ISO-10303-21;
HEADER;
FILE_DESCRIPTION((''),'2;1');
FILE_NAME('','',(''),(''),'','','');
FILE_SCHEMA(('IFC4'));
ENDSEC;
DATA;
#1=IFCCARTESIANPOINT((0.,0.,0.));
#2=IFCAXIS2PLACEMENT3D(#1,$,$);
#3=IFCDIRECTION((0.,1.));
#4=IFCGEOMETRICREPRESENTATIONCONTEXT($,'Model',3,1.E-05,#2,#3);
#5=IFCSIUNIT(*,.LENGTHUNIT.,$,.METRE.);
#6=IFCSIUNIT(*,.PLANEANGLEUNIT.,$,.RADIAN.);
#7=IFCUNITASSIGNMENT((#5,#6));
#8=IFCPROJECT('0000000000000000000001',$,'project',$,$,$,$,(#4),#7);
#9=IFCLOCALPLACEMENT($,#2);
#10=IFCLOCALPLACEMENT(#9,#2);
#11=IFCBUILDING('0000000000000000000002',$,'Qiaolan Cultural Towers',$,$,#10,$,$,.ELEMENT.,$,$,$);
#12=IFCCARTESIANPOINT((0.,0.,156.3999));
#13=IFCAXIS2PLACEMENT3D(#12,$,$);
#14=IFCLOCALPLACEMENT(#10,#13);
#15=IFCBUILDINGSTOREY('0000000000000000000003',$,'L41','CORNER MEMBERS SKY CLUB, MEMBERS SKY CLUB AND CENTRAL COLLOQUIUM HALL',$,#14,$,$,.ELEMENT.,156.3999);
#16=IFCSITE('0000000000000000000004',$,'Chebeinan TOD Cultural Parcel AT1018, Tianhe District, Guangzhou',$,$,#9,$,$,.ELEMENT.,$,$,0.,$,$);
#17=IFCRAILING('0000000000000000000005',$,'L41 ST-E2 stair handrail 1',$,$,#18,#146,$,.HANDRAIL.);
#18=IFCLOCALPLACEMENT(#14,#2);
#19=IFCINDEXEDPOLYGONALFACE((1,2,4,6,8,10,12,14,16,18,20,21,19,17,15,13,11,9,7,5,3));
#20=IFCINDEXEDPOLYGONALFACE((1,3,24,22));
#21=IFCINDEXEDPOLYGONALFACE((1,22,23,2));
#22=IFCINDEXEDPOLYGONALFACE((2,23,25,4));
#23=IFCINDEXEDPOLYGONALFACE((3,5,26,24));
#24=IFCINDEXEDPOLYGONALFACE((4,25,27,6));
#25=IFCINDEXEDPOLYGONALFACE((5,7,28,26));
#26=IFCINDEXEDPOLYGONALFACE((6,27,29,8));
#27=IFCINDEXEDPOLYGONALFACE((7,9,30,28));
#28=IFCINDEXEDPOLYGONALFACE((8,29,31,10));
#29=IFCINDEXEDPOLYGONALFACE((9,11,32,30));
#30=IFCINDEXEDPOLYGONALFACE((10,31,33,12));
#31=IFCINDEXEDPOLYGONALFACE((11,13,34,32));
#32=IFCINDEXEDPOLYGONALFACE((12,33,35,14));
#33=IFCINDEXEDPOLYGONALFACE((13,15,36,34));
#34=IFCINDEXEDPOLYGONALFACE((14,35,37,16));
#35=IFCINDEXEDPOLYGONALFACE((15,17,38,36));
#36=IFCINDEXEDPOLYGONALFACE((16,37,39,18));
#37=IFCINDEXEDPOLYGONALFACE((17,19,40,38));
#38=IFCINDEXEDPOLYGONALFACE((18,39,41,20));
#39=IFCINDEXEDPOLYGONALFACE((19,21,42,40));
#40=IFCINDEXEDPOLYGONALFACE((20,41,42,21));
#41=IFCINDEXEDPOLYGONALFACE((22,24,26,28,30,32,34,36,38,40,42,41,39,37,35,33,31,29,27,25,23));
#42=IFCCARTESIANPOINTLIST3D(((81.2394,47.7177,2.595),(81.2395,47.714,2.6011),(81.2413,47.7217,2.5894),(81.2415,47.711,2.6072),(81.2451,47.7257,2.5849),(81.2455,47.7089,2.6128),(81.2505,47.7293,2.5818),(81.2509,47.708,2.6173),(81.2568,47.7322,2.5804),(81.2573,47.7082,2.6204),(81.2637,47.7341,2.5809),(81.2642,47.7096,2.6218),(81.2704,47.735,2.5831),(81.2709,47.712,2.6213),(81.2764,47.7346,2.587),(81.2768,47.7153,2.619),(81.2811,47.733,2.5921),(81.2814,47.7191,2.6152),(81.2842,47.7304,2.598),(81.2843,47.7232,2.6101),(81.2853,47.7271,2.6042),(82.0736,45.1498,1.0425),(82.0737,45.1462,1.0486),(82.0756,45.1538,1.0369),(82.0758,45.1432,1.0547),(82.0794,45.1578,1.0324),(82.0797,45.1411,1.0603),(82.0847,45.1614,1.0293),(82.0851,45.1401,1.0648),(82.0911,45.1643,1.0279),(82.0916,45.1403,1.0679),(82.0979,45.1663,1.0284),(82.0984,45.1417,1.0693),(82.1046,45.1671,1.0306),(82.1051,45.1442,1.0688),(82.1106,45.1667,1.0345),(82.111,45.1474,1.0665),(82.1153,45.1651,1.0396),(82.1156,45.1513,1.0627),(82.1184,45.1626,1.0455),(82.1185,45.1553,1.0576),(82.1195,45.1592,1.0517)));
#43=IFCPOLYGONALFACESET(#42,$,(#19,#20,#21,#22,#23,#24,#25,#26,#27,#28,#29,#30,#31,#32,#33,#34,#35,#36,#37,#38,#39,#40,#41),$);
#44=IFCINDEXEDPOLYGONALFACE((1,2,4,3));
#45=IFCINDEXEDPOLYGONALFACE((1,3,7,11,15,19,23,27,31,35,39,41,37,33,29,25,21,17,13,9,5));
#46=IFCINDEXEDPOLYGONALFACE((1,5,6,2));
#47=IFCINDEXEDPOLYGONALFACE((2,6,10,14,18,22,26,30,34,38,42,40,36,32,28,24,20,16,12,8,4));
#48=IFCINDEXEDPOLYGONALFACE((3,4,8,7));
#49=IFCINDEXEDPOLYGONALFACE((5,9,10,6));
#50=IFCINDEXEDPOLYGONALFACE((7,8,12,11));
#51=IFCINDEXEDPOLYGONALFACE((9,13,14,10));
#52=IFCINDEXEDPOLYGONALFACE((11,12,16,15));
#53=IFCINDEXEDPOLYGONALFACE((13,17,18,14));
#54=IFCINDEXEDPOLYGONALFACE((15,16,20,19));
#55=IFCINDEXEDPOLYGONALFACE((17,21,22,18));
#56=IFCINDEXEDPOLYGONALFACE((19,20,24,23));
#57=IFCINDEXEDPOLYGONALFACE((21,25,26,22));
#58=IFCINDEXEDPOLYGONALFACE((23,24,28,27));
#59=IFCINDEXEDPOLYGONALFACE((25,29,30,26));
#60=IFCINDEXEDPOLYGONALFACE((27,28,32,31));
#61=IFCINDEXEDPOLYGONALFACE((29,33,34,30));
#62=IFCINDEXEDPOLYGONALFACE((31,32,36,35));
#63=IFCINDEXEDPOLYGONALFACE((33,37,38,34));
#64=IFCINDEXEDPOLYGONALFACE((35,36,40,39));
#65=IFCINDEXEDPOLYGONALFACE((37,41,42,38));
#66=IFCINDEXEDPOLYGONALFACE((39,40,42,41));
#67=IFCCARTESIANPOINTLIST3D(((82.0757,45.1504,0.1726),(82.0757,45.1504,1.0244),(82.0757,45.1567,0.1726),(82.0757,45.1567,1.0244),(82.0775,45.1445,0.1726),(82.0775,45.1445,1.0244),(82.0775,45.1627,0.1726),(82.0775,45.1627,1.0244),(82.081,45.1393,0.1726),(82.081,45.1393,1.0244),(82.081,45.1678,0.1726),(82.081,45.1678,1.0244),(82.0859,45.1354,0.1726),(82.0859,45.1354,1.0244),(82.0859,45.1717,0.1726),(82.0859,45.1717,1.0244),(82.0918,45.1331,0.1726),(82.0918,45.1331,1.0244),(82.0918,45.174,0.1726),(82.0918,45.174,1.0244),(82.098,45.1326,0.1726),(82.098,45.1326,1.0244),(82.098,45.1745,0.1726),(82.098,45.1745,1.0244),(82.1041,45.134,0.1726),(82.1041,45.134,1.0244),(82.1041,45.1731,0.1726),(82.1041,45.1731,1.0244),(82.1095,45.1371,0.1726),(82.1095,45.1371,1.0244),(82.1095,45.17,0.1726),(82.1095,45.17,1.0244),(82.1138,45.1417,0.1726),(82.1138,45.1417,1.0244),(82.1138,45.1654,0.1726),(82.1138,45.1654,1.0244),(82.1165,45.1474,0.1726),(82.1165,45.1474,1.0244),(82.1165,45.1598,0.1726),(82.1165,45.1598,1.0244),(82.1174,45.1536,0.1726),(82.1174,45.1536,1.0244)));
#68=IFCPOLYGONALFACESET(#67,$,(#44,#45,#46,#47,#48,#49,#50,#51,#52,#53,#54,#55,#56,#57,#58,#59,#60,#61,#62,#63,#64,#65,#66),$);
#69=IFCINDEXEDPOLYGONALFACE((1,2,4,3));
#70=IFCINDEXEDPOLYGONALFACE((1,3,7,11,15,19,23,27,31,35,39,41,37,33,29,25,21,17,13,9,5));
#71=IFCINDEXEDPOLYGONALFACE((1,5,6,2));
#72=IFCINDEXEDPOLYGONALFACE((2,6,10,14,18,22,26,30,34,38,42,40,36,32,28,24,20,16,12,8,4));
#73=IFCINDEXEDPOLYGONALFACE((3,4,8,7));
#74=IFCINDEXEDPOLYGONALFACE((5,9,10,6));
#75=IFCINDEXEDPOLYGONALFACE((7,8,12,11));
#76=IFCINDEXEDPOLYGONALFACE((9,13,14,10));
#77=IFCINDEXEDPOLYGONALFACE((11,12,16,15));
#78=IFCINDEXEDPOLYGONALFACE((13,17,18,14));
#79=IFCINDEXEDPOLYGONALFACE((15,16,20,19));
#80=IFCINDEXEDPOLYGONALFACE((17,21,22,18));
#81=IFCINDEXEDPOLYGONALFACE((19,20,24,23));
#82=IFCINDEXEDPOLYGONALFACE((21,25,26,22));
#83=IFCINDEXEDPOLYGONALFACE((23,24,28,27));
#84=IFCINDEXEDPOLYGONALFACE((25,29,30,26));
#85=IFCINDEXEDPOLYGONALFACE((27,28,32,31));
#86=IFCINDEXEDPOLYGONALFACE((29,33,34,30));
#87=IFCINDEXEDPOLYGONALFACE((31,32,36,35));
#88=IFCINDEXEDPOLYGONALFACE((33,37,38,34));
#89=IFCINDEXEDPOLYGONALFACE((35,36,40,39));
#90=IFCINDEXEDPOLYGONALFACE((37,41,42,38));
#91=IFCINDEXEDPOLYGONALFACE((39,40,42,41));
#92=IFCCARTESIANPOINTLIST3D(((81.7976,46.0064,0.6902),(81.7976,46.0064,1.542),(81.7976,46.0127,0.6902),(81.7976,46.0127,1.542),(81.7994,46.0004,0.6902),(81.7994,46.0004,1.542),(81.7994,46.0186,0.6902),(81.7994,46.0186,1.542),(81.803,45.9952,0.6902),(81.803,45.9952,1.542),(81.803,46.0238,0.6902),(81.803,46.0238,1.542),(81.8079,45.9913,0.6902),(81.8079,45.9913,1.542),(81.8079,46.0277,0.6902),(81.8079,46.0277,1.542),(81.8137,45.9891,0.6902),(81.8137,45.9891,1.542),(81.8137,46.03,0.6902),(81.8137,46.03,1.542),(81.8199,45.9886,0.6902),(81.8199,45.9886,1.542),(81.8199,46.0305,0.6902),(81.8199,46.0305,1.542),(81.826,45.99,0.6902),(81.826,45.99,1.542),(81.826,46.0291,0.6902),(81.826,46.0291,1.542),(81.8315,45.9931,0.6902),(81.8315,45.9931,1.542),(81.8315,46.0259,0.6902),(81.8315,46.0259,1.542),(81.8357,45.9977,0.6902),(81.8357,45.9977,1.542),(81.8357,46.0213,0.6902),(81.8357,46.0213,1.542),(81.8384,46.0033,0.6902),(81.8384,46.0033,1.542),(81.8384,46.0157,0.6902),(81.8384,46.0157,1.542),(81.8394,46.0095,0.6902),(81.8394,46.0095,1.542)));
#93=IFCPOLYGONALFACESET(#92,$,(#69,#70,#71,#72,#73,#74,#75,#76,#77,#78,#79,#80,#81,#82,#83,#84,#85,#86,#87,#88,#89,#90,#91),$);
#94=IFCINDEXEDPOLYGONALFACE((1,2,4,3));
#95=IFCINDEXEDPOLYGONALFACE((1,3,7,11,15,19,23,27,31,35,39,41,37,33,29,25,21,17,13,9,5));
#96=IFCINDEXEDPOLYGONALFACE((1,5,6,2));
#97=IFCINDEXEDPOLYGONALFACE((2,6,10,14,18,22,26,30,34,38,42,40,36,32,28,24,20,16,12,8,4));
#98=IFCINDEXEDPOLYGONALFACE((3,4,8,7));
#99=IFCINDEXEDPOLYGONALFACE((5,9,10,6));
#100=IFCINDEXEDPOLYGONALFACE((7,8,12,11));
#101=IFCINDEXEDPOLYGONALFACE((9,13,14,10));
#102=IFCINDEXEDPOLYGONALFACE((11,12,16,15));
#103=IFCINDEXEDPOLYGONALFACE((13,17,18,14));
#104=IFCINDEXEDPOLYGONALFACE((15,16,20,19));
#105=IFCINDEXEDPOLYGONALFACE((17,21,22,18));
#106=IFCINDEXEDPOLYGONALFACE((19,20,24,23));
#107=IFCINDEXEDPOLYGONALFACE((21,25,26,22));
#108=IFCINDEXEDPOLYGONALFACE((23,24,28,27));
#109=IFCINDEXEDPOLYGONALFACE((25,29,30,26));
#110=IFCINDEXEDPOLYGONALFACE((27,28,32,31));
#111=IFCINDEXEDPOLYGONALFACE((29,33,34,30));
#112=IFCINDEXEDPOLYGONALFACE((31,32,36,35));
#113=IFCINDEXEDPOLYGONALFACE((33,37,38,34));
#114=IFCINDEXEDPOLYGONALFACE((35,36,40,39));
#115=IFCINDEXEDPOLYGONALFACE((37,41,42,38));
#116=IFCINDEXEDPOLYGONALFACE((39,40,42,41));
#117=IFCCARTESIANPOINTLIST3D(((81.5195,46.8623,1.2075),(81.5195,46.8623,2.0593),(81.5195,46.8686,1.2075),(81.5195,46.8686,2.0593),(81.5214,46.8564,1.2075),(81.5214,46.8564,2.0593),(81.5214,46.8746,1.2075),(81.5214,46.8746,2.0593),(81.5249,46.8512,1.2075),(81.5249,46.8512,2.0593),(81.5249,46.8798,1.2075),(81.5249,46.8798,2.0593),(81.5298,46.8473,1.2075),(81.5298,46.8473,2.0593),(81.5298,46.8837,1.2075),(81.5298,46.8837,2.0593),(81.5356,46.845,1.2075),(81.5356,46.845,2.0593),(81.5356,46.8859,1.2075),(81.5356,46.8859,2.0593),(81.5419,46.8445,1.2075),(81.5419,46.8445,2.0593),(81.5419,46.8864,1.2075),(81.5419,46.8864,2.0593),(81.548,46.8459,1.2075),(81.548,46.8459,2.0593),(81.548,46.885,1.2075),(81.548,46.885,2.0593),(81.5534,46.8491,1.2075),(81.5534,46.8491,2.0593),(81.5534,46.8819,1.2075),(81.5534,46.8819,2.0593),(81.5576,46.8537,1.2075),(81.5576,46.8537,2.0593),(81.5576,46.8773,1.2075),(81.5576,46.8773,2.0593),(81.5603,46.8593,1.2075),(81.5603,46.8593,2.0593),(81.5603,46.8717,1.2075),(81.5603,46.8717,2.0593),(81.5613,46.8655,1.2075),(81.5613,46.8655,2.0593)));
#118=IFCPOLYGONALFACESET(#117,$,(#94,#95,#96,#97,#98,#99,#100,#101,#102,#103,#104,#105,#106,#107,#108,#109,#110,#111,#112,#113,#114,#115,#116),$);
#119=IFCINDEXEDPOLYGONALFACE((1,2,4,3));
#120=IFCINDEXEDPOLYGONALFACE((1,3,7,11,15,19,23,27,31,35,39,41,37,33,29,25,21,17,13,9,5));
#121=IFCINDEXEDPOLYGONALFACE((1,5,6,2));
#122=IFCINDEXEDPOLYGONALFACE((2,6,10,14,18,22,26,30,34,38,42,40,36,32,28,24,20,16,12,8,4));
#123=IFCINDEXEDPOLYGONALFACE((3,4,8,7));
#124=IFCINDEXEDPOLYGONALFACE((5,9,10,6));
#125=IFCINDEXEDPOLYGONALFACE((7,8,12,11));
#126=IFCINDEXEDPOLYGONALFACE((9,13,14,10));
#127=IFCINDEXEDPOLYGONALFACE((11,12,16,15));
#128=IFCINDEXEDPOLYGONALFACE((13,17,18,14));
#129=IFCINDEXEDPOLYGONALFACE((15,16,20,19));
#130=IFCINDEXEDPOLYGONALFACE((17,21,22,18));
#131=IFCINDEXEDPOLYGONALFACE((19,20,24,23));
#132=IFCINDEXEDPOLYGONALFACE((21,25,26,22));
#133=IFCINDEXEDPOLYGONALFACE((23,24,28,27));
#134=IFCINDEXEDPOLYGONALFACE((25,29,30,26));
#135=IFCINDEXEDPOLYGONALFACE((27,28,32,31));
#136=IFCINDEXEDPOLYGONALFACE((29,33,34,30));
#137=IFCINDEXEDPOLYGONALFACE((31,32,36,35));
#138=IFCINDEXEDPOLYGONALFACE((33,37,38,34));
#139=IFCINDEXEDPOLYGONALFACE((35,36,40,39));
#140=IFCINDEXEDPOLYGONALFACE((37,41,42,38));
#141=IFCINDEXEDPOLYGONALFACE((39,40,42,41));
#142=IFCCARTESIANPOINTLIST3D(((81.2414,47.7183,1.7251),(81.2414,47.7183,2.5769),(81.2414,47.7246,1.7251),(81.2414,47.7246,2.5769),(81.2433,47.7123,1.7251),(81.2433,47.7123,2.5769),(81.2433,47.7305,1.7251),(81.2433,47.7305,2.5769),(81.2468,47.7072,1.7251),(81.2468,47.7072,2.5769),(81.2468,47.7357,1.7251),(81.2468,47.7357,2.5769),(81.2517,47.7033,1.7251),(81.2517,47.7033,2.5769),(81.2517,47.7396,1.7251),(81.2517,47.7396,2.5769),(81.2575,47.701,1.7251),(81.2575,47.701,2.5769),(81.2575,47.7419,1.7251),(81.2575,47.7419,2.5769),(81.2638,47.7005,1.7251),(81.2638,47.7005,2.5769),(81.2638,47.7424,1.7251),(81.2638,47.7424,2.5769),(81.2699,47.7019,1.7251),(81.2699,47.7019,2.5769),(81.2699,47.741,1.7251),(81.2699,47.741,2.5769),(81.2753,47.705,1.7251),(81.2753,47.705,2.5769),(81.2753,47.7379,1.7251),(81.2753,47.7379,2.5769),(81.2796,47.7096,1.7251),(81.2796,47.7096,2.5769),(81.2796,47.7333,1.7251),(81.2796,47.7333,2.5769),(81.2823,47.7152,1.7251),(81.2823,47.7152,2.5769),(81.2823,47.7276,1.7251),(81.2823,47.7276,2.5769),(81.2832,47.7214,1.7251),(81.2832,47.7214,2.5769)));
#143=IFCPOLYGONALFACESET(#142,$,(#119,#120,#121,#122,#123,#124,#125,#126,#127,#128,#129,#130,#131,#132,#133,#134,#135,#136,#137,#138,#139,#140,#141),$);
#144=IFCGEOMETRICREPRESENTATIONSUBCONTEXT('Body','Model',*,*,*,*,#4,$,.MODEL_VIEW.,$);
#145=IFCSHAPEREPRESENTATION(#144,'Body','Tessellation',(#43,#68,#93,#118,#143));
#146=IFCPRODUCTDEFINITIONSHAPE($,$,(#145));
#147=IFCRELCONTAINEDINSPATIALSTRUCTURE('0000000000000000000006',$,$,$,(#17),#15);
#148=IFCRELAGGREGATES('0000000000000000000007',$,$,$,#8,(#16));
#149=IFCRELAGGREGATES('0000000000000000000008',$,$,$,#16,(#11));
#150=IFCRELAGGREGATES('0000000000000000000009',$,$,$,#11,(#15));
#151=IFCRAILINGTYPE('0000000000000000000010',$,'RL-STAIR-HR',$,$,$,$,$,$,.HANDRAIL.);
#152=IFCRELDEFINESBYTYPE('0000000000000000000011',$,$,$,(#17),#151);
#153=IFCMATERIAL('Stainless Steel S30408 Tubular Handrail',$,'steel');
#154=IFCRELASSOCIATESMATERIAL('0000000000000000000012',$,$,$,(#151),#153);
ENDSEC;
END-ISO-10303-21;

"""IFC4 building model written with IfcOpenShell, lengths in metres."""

from ifc_helpers import new_model, si_unit, direction, frame, origin, origin_2d, place, context, subcontext, project, spatial, circle, extrude, material, type_object, element, save


model = new_model("IFC4")

# Units and contexts
model_context = context("Model", 3, precision=1e-05, world=origin(), true_north=direction((0.0, 1.0)))
body_context = subcontext(model_context, "Body", "Model", "MODEL_VIEW")
ifc_project = project(units=[si_unit("LENGTHUNIT", "METRE"), si_unit("PLANEANGLEUNIT", "RADIAN")], contexts=[model_context])

# Site, building, storey
site_placement = place(None, origin())
site = spatial("IfcSite", under=ifc_project, at=site_placement, Name="Chebeinan TOD Cultural Parcel AT1018, Tianhe District, Guangzhou", CompositionType="ELEMENT", RefElevation=0.0)
building_placement = place(site_placement, origin())
building = spatial("IfcBuilding", under=site, at=building_placement, Name="Qiaolan Cultural Towers", CompositionType="ELEMENT")
storey_placement = place(building_placement, frame((0.0, 0.0, 156.3999)))
storey = spatial("IfcBuildingStorey", under=building, at=storey_placement, Name="L41", Description="CORNER MEMBERS SKY CLUB, MEMBERS SKY CLUB AND CENTRAL COLLOQUIUM HALL", CompositionType="ELEMENT", Elevation=156.3999)

# Railing
ifc_material_1 = material(Name="Stainless Steel S30408 Tubular Handrail", Category="steel")
railing_type_1 = type_object("IfcRailingType", Name="RL-STAIR-HR", PredefinedType="HANDRAIL", material=ifc_material_1)
railing_1_placement = place(storey_placement, frame((82.0964, 45.1536, 0.1726)))
element("IfcRailing", 1, at=railing_1_placement, inside=storey, type_object=railing_type_1, Name="L41 ST-E2 stair handrail 1", PredefinedType="HANDRAIL", context=body_context, shape_type="SweptSolid", body=[
    extrude(circle(Radius=0.0239, at=origin_2d()), frame((0.0, 0.0, 0.876), z_axis=(-0.267853, 0.824488, 0.498471), x_axis=(-0.95107, -0.308976, 0.0)), (0.0, 0.0, 1.0), 3.1145),
    extrude(circle(Radius=0.021, at=origin_2d()), origin(), (0.0, 0.0, 1.0), 0.8518),
    extrude(circle(Radius=0.021, at=origin_2d()), frame((-0.2781, 0.856, 0.5176)), (0.0, 0.0, 1.0), 0.8518),
    extrude(circle(Radius=0.021, at=origin_2d()), frame((-0.5562, 1.7119, 1.0349)), (0.0, 0.0, 1.0), 0.8518),
    extrude(circle(Radius=0.021, at=origin_2d()), frame((-0.8342, 2.5679, 1.5525)), (0.0, 0.0, 1.0), 0.8518),
])

save(model, "model.ifc")
